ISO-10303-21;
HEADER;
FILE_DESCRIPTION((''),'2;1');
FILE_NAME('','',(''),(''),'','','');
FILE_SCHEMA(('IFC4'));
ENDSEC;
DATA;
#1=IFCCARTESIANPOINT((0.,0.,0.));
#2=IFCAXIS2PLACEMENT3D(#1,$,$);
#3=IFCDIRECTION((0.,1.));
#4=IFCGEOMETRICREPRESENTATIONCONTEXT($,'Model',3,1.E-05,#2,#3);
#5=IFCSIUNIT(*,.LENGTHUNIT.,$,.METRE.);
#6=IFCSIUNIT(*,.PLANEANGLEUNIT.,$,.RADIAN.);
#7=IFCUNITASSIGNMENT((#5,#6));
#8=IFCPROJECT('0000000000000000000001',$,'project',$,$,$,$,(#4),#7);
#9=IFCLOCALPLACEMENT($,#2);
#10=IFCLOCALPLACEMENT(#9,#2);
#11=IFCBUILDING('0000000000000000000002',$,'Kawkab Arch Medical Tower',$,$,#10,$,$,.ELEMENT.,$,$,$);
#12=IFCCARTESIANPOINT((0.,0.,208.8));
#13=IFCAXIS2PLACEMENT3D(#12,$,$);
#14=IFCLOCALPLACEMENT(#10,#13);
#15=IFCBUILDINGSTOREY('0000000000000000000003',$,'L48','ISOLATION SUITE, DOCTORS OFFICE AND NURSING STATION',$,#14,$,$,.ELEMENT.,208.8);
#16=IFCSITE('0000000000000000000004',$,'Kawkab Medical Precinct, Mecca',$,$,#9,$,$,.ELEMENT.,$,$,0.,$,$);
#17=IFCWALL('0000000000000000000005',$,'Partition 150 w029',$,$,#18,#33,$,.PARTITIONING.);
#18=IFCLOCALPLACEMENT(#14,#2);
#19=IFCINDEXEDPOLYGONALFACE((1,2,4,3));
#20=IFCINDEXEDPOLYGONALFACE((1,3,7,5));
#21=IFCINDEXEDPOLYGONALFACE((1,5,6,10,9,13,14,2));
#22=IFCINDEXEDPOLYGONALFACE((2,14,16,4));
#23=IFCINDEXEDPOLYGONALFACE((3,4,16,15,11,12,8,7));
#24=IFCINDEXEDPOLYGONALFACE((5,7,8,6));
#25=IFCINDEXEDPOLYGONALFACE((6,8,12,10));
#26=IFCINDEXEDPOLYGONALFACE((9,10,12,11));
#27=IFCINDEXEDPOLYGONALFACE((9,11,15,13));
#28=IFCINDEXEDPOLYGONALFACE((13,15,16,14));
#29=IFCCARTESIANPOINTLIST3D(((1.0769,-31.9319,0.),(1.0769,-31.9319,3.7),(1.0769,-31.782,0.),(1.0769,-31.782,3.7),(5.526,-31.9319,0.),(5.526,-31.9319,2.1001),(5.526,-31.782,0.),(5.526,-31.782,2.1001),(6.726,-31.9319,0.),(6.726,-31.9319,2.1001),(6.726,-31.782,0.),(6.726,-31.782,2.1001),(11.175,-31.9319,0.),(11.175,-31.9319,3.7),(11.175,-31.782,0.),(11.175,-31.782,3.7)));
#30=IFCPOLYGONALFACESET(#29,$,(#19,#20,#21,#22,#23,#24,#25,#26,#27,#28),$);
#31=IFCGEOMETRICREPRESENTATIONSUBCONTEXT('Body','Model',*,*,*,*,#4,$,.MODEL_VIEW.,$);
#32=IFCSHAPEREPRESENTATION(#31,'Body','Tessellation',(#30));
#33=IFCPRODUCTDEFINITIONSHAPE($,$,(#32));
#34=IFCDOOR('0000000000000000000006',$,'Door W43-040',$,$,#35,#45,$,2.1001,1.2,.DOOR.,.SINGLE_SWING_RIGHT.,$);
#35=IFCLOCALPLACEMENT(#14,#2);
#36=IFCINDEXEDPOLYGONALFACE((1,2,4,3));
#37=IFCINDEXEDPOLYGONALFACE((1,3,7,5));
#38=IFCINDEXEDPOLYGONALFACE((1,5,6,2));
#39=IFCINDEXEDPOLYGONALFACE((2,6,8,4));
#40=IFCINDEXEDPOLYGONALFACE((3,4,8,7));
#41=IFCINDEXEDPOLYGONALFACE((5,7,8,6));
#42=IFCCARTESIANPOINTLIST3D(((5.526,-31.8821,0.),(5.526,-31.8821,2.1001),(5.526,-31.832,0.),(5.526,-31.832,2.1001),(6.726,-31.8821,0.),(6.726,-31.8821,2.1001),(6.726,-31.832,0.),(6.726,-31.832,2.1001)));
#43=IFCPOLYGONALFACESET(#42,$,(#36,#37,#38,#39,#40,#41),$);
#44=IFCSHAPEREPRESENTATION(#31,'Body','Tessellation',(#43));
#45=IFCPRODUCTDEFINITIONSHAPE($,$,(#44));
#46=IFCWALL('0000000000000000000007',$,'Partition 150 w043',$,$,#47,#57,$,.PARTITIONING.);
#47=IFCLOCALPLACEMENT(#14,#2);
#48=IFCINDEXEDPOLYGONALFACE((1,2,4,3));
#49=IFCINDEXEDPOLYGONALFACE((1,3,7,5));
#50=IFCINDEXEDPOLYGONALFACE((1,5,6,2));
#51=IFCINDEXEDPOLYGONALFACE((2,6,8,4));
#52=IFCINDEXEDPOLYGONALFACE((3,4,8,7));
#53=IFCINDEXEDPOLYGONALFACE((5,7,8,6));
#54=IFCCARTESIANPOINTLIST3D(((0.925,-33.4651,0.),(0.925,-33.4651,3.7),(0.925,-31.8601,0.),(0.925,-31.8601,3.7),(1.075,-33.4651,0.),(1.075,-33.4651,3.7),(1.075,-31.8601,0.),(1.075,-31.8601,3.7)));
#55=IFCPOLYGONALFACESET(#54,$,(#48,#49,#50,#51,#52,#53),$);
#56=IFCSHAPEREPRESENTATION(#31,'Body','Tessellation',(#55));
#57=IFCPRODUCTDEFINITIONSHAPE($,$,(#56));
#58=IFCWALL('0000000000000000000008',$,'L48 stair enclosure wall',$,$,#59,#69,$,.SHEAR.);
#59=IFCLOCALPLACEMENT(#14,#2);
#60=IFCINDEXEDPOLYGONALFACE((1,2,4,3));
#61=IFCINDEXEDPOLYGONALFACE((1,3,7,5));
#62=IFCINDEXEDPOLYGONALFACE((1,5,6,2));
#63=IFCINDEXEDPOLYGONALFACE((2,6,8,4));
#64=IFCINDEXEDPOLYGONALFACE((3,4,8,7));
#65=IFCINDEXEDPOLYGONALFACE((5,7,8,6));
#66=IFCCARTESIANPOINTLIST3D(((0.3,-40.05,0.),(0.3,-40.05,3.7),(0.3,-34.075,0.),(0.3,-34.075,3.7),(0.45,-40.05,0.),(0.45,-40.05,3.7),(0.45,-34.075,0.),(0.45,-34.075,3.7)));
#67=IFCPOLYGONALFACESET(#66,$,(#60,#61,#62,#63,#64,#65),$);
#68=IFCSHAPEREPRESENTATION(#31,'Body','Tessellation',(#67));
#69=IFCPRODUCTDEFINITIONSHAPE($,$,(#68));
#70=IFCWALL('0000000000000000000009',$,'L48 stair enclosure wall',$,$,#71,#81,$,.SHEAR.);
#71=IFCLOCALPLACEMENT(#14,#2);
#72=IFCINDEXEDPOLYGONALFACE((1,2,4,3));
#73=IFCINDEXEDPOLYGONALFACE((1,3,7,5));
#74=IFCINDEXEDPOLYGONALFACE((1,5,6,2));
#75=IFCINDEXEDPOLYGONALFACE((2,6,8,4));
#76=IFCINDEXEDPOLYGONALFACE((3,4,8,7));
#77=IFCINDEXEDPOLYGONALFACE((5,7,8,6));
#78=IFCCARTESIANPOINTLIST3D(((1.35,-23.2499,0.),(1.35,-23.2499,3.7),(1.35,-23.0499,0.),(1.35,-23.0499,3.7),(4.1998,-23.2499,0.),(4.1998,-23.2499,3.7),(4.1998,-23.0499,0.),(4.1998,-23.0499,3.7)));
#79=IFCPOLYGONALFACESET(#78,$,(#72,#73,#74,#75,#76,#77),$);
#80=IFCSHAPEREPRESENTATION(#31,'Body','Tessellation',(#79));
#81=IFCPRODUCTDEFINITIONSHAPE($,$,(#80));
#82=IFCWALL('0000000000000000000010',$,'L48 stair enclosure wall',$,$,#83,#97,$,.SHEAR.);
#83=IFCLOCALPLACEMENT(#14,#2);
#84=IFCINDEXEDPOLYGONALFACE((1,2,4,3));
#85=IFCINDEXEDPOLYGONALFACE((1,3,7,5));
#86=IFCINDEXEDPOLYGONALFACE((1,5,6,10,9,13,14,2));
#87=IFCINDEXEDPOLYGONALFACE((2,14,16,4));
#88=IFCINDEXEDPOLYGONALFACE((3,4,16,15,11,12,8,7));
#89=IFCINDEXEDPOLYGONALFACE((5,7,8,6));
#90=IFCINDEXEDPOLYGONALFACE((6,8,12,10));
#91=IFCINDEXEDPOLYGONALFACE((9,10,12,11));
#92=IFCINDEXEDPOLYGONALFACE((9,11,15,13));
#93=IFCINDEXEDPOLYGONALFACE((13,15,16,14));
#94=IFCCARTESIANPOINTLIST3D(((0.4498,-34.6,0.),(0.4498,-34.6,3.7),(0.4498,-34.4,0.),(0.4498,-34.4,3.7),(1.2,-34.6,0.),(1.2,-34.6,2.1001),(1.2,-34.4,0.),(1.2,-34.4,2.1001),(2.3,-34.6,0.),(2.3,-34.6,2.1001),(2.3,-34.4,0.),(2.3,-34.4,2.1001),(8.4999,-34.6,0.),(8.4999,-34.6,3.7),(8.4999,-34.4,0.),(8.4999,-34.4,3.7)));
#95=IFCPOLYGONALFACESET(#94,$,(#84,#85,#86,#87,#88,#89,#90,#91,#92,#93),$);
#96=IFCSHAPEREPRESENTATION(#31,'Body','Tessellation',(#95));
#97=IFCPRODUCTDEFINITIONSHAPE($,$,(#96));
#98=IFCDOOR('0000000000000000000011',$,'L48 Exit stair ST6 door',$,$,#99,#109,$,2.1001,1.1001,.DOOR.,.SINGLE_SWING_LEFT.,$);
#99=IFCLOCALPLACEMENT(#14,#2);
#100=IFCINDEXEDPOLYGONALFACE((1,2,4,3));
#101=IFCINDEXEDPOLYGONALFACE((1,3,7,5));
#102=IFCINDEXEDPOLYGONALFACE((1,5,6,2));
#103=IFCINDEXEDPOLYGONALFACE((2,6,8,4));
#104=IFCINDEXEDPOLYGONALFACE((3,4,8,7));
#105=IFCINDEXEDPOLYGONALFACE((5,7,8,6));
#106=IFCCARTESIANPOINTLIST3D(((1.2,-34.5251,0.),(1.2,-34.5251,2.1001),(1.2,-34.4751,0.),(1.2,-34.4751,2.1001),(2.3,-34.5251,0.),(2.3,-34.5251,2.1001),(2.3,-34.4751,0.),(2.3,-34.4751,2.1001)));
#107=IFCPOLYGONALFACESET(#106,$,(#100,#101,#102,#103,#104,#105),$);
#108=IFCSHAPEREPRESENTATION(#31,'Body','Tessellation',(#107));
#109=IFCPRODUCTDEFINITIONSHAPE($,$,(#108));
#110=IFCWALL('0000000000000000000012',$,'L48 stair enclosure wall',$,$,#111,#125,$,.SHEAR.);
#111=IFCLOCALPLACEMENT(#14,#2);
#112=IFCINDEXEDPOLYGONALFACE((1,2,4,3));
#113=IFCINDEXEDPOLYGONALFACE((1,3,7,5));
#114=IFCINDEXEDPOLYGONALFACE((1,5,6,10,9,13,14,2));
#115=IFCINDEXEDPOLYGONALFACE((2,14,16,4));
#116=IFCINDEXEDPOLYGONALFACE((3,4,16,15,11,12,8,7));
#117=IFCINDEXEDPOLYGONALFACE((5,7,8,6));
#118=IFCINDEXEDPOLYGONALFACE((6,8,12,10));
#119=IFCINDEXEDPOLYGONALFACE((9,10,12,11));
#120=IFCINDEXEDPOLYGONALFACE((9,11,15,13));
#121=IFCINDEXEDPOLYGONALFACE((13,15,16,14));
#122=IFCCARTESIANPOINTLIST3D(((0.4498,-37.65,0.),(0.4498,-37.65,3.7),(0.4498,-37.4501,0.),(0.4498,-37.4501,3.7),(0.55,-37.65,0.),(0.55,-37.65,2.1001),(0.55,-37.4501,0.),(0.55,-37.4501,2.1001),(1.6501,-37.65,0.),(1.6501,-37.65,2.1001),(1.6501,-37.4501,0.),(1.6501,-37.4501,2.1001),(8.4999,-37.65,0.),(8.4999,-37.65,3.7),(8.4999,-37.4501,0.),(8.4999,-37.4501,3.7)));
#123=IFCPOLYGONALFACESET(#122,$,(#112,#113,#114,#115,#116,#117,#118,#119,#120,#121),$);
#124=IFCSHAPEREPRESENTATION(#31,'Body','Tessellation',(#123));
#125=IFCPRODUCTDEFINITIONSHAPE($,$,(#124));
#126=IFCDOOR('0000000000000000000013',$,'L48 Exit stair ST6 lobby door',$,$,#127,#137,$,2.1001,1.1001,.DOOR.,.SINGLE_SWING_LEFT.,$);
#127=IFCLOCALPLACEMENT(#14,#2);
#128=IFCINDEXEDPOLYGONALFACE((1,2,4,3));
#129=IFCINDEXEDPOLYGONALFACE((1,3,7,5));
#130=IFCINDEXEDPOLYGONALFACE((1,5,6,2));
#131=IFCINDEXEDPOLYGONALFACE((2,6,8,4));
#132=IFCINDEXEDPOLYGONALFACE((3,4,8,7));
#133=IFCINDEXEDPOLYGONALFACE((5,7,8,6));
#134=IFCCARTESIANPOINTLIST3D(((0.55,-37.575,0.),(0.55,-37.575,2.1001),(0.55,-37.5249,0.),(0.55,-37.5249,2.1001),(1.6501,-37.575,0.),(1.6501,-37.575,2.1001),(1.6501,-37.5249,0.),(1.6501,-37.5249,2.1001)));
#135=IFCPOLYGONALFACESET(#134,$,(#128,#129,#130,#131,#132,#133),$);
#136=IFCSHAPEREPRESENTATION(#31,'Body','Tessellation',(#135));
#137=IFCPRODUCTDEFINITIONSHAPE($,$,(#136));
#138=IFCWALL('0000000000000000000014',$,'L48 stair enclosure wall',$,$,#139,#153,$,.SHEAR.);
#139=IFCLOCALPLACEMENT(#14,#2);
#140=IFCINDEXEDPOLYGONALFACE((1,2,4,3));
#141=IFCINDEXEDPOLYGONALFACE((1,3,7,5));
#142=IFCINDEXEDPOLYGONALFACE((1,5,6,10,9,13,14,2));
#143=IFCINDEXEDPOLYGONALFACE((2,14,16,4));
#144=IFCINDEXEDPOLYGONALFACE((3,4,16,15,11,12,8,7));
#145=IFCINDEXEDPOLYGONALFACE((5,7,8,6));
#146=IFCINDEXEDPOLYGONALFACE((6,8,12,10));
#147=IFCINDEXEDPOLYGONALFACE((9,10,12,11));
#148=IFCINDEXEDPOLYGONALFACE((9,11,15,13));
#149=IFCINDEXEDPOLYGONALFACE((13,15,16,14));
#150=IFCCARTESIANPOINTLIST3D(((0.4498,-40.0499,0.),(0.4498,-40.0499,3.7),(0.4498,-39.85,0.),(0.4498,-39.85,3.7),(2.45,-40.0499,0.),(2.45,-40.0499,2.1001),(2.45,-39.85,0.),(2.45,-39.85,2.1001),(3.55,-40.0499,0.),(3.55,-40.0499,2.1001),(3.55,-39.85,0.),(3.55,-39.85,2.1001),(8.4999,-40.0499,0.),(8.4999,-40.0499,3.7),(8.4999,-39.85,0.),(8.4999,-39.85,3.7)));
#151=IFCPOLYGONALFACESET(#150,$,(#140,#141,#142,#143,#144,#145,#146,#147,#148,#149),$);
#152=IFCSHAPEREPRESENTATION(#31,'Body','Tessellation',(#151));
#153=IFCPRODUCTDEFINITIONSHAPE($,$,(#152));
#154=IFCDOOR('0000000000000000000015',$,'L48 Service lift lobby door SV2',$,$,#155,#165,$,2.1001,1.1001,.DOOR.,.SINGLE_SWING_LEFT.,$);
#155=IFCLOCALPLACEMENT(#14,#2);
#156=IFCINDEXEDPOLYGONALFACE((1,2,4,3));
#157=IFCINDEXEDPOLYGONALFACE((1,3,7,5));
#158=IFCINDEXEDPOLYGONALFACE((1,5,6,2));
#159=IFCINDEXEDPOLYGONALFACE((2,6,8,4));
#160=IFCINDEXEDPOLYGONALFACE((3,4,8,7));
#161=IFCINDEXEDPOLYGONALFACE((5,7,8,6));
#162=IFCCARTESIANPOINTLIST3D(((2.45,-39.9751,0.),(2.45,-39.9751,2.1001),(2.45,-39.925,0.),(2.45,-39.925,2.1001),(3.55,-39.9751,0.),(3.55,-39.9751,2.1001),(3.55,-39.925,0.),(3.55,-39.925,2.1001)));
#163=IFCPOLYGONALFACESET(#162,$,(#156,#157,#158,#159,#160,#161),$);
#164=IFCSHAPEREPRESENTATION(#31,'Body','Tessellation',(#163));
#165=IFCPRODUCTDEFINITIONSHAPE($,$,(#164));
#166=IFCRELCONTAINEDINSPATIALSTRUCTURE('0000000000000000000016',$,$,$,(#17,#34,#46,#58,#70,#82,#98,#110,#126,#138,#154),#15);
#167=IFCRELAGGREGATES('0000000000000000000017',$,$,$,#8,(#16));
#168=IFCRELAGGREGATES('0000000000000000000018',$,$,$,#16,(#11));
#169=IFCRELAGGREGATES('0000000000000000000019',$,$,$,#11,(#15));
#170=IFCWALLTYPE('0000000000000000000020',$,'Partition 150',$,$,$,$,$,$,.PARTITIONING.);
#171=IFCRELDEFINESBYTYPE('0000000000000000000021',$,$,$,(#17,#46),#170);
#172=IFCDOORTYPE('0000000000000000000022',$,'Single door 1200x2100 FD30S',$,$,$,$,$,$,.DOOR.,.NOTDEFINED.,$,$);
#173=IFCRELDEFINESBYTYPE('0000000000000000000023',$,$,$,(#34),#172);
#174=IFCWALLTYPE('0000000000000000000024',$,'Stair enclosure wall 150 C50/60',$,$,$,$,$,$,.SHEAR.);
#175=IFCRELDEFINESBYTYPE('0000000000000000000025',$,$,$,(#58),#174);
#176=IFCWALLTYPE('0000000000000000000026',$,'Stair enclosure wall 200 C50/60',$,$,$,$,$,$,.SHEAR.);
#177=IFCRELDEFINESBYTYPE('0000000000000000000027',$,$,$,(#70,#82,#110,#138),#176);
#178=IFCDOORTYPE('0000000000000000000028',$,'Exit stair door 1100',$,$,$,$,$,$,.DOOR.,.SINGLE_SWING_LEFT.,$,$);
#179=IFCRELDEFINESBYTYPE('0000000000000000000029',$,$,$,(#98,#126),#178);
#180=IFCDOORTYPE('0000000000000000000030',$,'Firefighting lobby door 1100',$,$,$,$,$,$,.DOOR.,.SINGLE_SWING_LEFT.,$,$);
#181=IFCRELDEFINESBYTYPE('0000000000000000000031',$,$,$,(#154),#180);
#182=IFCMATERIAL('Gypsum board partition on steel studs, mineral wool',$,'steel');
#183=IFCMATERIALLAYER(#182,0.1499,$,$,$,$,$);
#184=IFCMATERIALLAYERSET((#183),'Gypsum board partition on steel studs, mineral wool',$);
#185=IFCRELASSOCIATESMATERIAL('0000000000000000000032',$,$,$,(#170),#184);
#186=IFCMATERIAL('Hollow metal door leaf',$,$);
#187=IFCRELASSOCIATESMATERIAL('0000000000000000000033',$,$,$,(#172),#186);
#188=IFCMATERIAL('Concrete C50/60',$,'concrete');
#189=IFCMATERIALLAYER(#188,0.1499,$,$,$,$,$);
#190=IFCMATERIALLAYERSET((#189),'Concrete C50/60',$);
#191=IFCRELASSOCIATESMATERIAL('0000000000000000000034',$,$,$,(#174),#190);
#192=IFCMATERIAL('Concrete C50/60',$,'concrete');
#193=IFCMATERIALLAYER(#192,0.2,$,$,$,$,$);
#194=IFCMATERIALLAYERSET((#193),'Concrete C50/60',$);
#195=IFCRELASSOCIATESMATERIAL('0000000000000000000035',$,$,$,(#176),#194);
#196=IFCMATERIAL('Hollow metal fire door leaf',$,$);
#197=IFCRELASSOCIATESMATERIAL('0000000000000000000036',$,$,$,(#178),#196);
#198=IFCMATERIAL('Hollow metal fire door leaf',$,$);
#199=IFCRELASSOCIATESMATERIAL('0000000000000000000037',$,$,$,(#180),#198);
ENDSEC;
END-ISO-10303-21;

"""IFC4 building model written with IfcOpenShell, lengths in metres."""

from ifc_helpers import new_model, si_unit, direction, frame, frame_2d, origin, place, context, subcontext, project, spatial, rectangle, extrude, material, layer, layer_set, type_object, element, fill, save


model = new_model("IFC4")

# Units and contexts
model_context = context("Model", 3, precision=1e-05, world=origin(), true_north=direction((0.0, 1.0)))
body_context = subcontext(model_context, "Body", "Model", "MODEL_VIEW")
ifc_project = project(units=[si_unit("LENGTHUNIT", "METRE"), si_unit("PLANEANGLEUNIT", "RADIAN")], contexts=[model_context])

# Site, building, storey
site_placement = place(None, origin())
site = spatial("IfcSite", under=ifc_project, at=site_placement, Name="Kawkab Medical Precinct, Mecca", CompositionType="ELEMENT", RefElevation=0.0)
building_placement = place(site_placement, origin())
building = spatial("IfcBuilding", under=site, at=building_placement, Name="Kawkab Arch Medical Tower", CompositionType="ELEMENT")
storey_placement = place(building_placement, frame((0.0, 0.0, 208.8)))
storey = spatial("IfcBuildingStorey", under=building, at=storey_placement, Name="L48", Description="ISOLATION SUITE, DOCTORS OFFICE AND NURSING STATION", CompositionType="ELEMENT", Elevation=208.8)

# Shared definitions
ifc_material_1 = material(Name="Gypsum board partition on steel studs, mineral wool", Category="steel")
ifc_layer_1 = layer(ifc_material_1, 0.1499)
ifc_layer_set_1 = layer_set([ifc_layer_1], Name="Gypsum board partition on steel studs, mineral wool")
wall_type_1 = type_object("IfcWallType", Name="Partition 150", PredefinedType="PARTITIONING", material=ifc_layer_set_1)

# Wall, opening, door
wall_1_placement = place(storey_placement, frame((1.0769, -31.8569, 0.0), z_axis=(0.0, 0.0, 1.0), x_axis=(1.0, 0.0, 0.0)))
wall_1 = element("IfcWall", 1, at=wall_1_placement, inside=storey, type_object=wall_type_1, Name="Partition 150 w029", PredefinedType="PARTITIONING", context=body_context, shape_type="SweptSolid", body=[
    extrude(rectangle(XDim=10.0981, YDim=0.1499, at=frame_2d((5.0491, 0.0))), origin(), (0.0, 0.0, 1.0), 3.7),
])
opening_1_placement = place(wall_1_placement, frame((4.449, 0.0, 0.0)))
opening_1 = element("IfcOpeningElement", 2, at=opening_1_placement, cuts=wall_1, PredefinedType="OPENING", context=body_context, shape_type="SweptSolid", body=[
    extrude(rectangle(XDim=1.2, YDim=2.1001, at=frame_2d((0.6001, 1.05))), frame((0.0, 0.085, 0.0), z_axis=(0.0, -1.0, 0.0), x_axis=(1.0, 0.0, 0.0)), (0.0, 0.0, 1.0), 0.1699),
])
ifc_material_2 = material(Name="Hollow metal door leaf")
door_type_1 = type_object("IfcDoorType", Name="Single door 1200x2100 FD30S", OperationType="NOTDEFINED", PredefinedType="DOOR", material=ifc_material_2)
door_1_placement = place(opening_1_placement, origin())
door_1 = element("IfcDoor", 3, at=door_1_placement, inside=storey, type_object=door_type_1, Name="Door W43-040", OperationType="SINGLE_SWING_RIGHT", OverallHeight=2.1001, OverallWidth=1.2, PredefinedType="DOOR", context=body_context, shape_type="SweptSolid", body=[
    extrude(rectangle(XDim=1.2, YDim=2.1001, at=frame_2d((0.6001, 1.05))), frame((0.0, 0.0249, 0.0), z_axis=(0.0, -1.0, 0.0), x_axis=(1.0, 0.0, 0.0)), (0.0, 0.0, 1.0), 0.05),
])
fill(opening_1, door_1)

# Walls
wall_2_placement = place(storey_placement, frame((1.0, -33.4651, 0.0), z_axis=(0.0, 0.0, 1.0), x_axis=(0.0, 1.0, 0.0)))
element("IfcWall", 4, at=wall_2_placement, inside=storey, type_object=wall_type_1, Name="Partition 150 w043", PredefinedType="PARTITIONING", context=body_context, shape_type="SweptSolid", body=[
    extrude(rectangle(XDim=1.605, YDim=0.1499, at=frame_2d((0.8025, 0.0))), origin(), (0.0, 0.0, 1.0), 3.7),
])
ifc_material_3 = material(Name="Concrete C50/60", Category="concrete")
ifc_layer_2 = layer(ifc_material_3, 0.1499)
ifc_layer_set_2 = layer_set([ifc_layer_2], Name="Concrete C50/60")
wall_type_2 = type_object("IfcWallType", Name="Stair enclosure wall 150 C50/60", PredefinedType="SHEAR", material=ifc_layer_set_2)
wall_3_placement = place(storey_placement, frame((0.375, -40.05, 0.0), z_axis=(0.0, 0.0, 1.0), x_axis=(0.0, 1.0, 0.0)))
element("IfcWall", 5, at=wall_3_placement, inside=storey, type_object=wall_type_2, Name="L48 stair enclosure wall", PredefinedType="SHEAR", context=body_context, shape_type="SweptSolid", body=[
    extrude(rectangle(XDim=5.9751, YDim=0.1499, at=frame_2d((2.9875, 0.0))), origin(), (0.0, 0.0, 1.0), 3.7),
])
ifc_material_4 = material(Name="Concrete C50/60", Category="concrete")
ifc_layer_3 = layer(ifc_material_4, 0.2)
ifc_layer_set_3 = layer_set([ifc_layer_3], Name="Concrete C50/60")
wall_type_3 = type_object("IfcWallType", Name="Stair enclosure wall 200 C50/60", PredefinedType="SHEAR", material=ifc_layer_set_3)
wall_4_placement = place(storey_placement, frame((1.3501, -23.1499, 0.0), z_axis=(0.0, 0.0, 1.0), x_axis=(1.0, 0.0, 0.0)))
element("IfcWall", 6, at=wall_4_placement, inside=storey, type_object=wall_type_3, Name="L48 stair enclosure wall", PredefinedType="SHEAR", context=body_context, shape_type="SweptSolid", body=[
    extrude(rectangle(XDim=2.8499, YDim=0.2, at=frame_2d((1.4248, 0.0))), origin(), (0.0, 0.0, 1.0), 3.7),
])

# Walls, openings, doors
wall_5_placement = place(storey_placement, frame((0.45, -34.5, 0.0), z_axis=(0.0, 0.0, 1.0), x_axis=(1.0, 0.0, 0.0)))
wall_5 = element("IfcWall", 7, at=wall_5_placement, inside=storey, type_object=wall_type_3, Name="L48 stair enclosure wall", PredefinedType="SHEAR", context=body_context, shape_type="SweptSolid", body=[
    extrude(rectangle(XDim=8.05, YDim=0.2, at=frame_2d((4.0249, 0.0))), origin(), (0.0, 0.0, 1.0), 3.7),
])
opening_2_placement = place(wall_5_placement, frame((0.75, 0.0, 0.0)))
opening_2 = element("IfcOpeningElement", 8, at=opening_2_placement, cuts=wall_5, PredefinedType="OPENING", context=body_context, shape_type="SweptSolid", body=[
    extrude(rectangle(XDim=1.1001, YDim=2.1001, at=frame_2d((0.55, 1.05))), frame((0.0, 0.1099, 0.0), z_axis=(0.0, -1.0, 0.0), x_axis=(1.0, 0.0, 0.0)), (0.0, 0.0, 1.0), 0.22),
])
ifc_material_5 = material(Name="Hollow metal fire door leaf")
door_type_2 = type_object("IfcDoorType", Name="Exit stair door 1100", OperationType="SINGLE_SWING_LEFT", PredefinedType="DOOR", material=ifc_material_5)
door_2_placement = place(opening_2_placement, origin())
door_2 = element("IfcDoor", 9, at=door_2_placement, inside=storey, type_object=door_type_2, Name="L48 Exit stair ST6 door", OperationType="SINGLE_SWING_LEFT", OverallHeight=2.1001, OverallWidth=1.1001, PredefinedType="DOOR", context=body_context, shape_type="SweptSolid", body=[
    extrude(rectangle(XDim=1.1001, YDim=2.1001, at=frame_2d((0.55, 1.05))), frame((0.0, 0.0249, 0.0), z_axis=(0.0, -1.0, 0.0), x_axis=(1.0, 0.0, 0.0)), (0.0, 0.0, 1.0), 0.05),
])
fill(opening_2, door_2)
wall_6_placement = place(storey_placement, frame((0.45, -37.55, 0.0), z_axis=(0.0, 0.0, 1.0), x_axis=(1.0, 0.0, 0.0)))
wall_6 = element("IfcWall", 10, at=wall_6_placement, inside=storey, type_object=wall_type_3, Name="L48 stair enclosure wall", PredefinedType="SHEAR", context=body_context, shape_type="SweptSolid", body=[
    extrude(rectangle(XDim=8.05, YDim=0.2, at=frame_2d((4.0249, 0.0))), origin(), (0.0, 0.0, 1.0), 3.7),
])
opening_3_placement = place(wall_6_placement, frame((0.1001, 0.0, 0.0)))
opening_3 = element("IfcOpeningElement", 11, at=opening_3_placement, cuts=wall_6, PredefinedType="OPENING", context=body_context, shape_type="SweptSolid", body=[
    extrude(rectangle(XDim=1.1001, YDim=2.1001, at=frame_2d((0.55, 1.05))), frame((0.0, 0.1099, 0.0), z_axis=(0.0, -1.0, 0.0), x_axis=(1.0, 0.0, 0.0)), (0.0, 0.0, 1.0), 0.22),
])
door_3_placement = place(opening_3_placement, frame((1.1001, 0.0, 0.0), z_axis=(0.0, 0.0, 1.0), x_axis=(-1.0, 0.0, 0.0)))
door_3 = element("IfcDoor", 12, at=door_3_placement, inside=storey, type_object=door_type_2, Name="L48 Exit stair ST6 lobby door", OperationType="SINGLE_SWING_LEFT", OverallHeight=2.1001, OverallWidth=1.1001, PredefinedType="DOOR", context=body_context, shape_type="SweptSolid", body=[
    extrude(rectangle(XDim=1.1001, YDim=2.1001, at=frame_2d((0.55, 1.05))), frame((0.0, 0.0249, 0.0), z_axis=(0.0, -1.0, 0.0), x_axis=(1.0, 0.0, 0.0)), (0.0, 0.0, 1.0), 0.05),
])
fill(opening_3, door_3)
wall_7_placement = place(storey_placement, frame((0.45, -39.95, 0.0), z_axis=(0.0, 0.0, 1.0), x_axis=(1.0, 0.0, 0.0)))
wall_7 = element("IfcWall", 13, at=wall_7_placement, inside=storey, type_object=wall_type_3, Name="L48 stair enclosure wall", PredefinedType="SHEAR", context=body_context, shape_type="SweptSolid", body=[
    extrude(rectangle(XDim=8.05, YDim=0.2, at=frame_2d((4.0249, 0.0))), origin(), (0.0, 0.0, 1.0), 3.7),
])
opening_4_placement = place(wall_7_placement, frame((2.0, 0.0, 0.0)))
opening_4 = element("IfcOpeningElement", 14, at=opening_4_placement, cuts=wall_7, PredefinedType="OPENING", context=body_context, shape_type="SweptSolid", body=[
    extrude(rectangle(XDim=1.1001, YDim=2.1001, at=frame_2d((0.55, 1.05))), frame((0.0, 0.1099, 0.0), z_axis=(0.0, -1.0, 0.0), x_axis=(1.0, 0.0, 0.0)), (0.0, 0.0, 1.0), 0.22),
])
ifc_material_6 = material(Name="Hollow metal fire door leaf")
door_type_3 = type_object("IfcDoorType", Name="Firefighting lobby door 1100", OperationType="SINGLE_SWING_LEFT", PredefinedType="DOOR", material=ifc_material_6)
door_4_placement = place(opening_4_placement, origin())
door_4 = element("IfcDoor", 15, at=door_4_placement, inside=storey, type_object=door_type_3, Name="L48 Service lift lobby door SV2", OperationType="SINGLE_SWING_LEFT", OverallHeight=2.1001, OverallWidth=1.1001, PredefinedType="DOOR", context=body_context, shape_type="SweptSolid", body=[
    extrude(rectangle(XDim=1.1001, YDim=2.1001, at=frame_2d((0.55, 1.05))), frame((0.0, 0.0249, 0.0), z_axis=(0.0, -1.0, 0.0), x_axis=(1.0, 0.0, 0.0)), (0.0, 0.0, 1.0), 0.05),
])
fill(opening_4, door_4)

save(model, "model.ifc")
